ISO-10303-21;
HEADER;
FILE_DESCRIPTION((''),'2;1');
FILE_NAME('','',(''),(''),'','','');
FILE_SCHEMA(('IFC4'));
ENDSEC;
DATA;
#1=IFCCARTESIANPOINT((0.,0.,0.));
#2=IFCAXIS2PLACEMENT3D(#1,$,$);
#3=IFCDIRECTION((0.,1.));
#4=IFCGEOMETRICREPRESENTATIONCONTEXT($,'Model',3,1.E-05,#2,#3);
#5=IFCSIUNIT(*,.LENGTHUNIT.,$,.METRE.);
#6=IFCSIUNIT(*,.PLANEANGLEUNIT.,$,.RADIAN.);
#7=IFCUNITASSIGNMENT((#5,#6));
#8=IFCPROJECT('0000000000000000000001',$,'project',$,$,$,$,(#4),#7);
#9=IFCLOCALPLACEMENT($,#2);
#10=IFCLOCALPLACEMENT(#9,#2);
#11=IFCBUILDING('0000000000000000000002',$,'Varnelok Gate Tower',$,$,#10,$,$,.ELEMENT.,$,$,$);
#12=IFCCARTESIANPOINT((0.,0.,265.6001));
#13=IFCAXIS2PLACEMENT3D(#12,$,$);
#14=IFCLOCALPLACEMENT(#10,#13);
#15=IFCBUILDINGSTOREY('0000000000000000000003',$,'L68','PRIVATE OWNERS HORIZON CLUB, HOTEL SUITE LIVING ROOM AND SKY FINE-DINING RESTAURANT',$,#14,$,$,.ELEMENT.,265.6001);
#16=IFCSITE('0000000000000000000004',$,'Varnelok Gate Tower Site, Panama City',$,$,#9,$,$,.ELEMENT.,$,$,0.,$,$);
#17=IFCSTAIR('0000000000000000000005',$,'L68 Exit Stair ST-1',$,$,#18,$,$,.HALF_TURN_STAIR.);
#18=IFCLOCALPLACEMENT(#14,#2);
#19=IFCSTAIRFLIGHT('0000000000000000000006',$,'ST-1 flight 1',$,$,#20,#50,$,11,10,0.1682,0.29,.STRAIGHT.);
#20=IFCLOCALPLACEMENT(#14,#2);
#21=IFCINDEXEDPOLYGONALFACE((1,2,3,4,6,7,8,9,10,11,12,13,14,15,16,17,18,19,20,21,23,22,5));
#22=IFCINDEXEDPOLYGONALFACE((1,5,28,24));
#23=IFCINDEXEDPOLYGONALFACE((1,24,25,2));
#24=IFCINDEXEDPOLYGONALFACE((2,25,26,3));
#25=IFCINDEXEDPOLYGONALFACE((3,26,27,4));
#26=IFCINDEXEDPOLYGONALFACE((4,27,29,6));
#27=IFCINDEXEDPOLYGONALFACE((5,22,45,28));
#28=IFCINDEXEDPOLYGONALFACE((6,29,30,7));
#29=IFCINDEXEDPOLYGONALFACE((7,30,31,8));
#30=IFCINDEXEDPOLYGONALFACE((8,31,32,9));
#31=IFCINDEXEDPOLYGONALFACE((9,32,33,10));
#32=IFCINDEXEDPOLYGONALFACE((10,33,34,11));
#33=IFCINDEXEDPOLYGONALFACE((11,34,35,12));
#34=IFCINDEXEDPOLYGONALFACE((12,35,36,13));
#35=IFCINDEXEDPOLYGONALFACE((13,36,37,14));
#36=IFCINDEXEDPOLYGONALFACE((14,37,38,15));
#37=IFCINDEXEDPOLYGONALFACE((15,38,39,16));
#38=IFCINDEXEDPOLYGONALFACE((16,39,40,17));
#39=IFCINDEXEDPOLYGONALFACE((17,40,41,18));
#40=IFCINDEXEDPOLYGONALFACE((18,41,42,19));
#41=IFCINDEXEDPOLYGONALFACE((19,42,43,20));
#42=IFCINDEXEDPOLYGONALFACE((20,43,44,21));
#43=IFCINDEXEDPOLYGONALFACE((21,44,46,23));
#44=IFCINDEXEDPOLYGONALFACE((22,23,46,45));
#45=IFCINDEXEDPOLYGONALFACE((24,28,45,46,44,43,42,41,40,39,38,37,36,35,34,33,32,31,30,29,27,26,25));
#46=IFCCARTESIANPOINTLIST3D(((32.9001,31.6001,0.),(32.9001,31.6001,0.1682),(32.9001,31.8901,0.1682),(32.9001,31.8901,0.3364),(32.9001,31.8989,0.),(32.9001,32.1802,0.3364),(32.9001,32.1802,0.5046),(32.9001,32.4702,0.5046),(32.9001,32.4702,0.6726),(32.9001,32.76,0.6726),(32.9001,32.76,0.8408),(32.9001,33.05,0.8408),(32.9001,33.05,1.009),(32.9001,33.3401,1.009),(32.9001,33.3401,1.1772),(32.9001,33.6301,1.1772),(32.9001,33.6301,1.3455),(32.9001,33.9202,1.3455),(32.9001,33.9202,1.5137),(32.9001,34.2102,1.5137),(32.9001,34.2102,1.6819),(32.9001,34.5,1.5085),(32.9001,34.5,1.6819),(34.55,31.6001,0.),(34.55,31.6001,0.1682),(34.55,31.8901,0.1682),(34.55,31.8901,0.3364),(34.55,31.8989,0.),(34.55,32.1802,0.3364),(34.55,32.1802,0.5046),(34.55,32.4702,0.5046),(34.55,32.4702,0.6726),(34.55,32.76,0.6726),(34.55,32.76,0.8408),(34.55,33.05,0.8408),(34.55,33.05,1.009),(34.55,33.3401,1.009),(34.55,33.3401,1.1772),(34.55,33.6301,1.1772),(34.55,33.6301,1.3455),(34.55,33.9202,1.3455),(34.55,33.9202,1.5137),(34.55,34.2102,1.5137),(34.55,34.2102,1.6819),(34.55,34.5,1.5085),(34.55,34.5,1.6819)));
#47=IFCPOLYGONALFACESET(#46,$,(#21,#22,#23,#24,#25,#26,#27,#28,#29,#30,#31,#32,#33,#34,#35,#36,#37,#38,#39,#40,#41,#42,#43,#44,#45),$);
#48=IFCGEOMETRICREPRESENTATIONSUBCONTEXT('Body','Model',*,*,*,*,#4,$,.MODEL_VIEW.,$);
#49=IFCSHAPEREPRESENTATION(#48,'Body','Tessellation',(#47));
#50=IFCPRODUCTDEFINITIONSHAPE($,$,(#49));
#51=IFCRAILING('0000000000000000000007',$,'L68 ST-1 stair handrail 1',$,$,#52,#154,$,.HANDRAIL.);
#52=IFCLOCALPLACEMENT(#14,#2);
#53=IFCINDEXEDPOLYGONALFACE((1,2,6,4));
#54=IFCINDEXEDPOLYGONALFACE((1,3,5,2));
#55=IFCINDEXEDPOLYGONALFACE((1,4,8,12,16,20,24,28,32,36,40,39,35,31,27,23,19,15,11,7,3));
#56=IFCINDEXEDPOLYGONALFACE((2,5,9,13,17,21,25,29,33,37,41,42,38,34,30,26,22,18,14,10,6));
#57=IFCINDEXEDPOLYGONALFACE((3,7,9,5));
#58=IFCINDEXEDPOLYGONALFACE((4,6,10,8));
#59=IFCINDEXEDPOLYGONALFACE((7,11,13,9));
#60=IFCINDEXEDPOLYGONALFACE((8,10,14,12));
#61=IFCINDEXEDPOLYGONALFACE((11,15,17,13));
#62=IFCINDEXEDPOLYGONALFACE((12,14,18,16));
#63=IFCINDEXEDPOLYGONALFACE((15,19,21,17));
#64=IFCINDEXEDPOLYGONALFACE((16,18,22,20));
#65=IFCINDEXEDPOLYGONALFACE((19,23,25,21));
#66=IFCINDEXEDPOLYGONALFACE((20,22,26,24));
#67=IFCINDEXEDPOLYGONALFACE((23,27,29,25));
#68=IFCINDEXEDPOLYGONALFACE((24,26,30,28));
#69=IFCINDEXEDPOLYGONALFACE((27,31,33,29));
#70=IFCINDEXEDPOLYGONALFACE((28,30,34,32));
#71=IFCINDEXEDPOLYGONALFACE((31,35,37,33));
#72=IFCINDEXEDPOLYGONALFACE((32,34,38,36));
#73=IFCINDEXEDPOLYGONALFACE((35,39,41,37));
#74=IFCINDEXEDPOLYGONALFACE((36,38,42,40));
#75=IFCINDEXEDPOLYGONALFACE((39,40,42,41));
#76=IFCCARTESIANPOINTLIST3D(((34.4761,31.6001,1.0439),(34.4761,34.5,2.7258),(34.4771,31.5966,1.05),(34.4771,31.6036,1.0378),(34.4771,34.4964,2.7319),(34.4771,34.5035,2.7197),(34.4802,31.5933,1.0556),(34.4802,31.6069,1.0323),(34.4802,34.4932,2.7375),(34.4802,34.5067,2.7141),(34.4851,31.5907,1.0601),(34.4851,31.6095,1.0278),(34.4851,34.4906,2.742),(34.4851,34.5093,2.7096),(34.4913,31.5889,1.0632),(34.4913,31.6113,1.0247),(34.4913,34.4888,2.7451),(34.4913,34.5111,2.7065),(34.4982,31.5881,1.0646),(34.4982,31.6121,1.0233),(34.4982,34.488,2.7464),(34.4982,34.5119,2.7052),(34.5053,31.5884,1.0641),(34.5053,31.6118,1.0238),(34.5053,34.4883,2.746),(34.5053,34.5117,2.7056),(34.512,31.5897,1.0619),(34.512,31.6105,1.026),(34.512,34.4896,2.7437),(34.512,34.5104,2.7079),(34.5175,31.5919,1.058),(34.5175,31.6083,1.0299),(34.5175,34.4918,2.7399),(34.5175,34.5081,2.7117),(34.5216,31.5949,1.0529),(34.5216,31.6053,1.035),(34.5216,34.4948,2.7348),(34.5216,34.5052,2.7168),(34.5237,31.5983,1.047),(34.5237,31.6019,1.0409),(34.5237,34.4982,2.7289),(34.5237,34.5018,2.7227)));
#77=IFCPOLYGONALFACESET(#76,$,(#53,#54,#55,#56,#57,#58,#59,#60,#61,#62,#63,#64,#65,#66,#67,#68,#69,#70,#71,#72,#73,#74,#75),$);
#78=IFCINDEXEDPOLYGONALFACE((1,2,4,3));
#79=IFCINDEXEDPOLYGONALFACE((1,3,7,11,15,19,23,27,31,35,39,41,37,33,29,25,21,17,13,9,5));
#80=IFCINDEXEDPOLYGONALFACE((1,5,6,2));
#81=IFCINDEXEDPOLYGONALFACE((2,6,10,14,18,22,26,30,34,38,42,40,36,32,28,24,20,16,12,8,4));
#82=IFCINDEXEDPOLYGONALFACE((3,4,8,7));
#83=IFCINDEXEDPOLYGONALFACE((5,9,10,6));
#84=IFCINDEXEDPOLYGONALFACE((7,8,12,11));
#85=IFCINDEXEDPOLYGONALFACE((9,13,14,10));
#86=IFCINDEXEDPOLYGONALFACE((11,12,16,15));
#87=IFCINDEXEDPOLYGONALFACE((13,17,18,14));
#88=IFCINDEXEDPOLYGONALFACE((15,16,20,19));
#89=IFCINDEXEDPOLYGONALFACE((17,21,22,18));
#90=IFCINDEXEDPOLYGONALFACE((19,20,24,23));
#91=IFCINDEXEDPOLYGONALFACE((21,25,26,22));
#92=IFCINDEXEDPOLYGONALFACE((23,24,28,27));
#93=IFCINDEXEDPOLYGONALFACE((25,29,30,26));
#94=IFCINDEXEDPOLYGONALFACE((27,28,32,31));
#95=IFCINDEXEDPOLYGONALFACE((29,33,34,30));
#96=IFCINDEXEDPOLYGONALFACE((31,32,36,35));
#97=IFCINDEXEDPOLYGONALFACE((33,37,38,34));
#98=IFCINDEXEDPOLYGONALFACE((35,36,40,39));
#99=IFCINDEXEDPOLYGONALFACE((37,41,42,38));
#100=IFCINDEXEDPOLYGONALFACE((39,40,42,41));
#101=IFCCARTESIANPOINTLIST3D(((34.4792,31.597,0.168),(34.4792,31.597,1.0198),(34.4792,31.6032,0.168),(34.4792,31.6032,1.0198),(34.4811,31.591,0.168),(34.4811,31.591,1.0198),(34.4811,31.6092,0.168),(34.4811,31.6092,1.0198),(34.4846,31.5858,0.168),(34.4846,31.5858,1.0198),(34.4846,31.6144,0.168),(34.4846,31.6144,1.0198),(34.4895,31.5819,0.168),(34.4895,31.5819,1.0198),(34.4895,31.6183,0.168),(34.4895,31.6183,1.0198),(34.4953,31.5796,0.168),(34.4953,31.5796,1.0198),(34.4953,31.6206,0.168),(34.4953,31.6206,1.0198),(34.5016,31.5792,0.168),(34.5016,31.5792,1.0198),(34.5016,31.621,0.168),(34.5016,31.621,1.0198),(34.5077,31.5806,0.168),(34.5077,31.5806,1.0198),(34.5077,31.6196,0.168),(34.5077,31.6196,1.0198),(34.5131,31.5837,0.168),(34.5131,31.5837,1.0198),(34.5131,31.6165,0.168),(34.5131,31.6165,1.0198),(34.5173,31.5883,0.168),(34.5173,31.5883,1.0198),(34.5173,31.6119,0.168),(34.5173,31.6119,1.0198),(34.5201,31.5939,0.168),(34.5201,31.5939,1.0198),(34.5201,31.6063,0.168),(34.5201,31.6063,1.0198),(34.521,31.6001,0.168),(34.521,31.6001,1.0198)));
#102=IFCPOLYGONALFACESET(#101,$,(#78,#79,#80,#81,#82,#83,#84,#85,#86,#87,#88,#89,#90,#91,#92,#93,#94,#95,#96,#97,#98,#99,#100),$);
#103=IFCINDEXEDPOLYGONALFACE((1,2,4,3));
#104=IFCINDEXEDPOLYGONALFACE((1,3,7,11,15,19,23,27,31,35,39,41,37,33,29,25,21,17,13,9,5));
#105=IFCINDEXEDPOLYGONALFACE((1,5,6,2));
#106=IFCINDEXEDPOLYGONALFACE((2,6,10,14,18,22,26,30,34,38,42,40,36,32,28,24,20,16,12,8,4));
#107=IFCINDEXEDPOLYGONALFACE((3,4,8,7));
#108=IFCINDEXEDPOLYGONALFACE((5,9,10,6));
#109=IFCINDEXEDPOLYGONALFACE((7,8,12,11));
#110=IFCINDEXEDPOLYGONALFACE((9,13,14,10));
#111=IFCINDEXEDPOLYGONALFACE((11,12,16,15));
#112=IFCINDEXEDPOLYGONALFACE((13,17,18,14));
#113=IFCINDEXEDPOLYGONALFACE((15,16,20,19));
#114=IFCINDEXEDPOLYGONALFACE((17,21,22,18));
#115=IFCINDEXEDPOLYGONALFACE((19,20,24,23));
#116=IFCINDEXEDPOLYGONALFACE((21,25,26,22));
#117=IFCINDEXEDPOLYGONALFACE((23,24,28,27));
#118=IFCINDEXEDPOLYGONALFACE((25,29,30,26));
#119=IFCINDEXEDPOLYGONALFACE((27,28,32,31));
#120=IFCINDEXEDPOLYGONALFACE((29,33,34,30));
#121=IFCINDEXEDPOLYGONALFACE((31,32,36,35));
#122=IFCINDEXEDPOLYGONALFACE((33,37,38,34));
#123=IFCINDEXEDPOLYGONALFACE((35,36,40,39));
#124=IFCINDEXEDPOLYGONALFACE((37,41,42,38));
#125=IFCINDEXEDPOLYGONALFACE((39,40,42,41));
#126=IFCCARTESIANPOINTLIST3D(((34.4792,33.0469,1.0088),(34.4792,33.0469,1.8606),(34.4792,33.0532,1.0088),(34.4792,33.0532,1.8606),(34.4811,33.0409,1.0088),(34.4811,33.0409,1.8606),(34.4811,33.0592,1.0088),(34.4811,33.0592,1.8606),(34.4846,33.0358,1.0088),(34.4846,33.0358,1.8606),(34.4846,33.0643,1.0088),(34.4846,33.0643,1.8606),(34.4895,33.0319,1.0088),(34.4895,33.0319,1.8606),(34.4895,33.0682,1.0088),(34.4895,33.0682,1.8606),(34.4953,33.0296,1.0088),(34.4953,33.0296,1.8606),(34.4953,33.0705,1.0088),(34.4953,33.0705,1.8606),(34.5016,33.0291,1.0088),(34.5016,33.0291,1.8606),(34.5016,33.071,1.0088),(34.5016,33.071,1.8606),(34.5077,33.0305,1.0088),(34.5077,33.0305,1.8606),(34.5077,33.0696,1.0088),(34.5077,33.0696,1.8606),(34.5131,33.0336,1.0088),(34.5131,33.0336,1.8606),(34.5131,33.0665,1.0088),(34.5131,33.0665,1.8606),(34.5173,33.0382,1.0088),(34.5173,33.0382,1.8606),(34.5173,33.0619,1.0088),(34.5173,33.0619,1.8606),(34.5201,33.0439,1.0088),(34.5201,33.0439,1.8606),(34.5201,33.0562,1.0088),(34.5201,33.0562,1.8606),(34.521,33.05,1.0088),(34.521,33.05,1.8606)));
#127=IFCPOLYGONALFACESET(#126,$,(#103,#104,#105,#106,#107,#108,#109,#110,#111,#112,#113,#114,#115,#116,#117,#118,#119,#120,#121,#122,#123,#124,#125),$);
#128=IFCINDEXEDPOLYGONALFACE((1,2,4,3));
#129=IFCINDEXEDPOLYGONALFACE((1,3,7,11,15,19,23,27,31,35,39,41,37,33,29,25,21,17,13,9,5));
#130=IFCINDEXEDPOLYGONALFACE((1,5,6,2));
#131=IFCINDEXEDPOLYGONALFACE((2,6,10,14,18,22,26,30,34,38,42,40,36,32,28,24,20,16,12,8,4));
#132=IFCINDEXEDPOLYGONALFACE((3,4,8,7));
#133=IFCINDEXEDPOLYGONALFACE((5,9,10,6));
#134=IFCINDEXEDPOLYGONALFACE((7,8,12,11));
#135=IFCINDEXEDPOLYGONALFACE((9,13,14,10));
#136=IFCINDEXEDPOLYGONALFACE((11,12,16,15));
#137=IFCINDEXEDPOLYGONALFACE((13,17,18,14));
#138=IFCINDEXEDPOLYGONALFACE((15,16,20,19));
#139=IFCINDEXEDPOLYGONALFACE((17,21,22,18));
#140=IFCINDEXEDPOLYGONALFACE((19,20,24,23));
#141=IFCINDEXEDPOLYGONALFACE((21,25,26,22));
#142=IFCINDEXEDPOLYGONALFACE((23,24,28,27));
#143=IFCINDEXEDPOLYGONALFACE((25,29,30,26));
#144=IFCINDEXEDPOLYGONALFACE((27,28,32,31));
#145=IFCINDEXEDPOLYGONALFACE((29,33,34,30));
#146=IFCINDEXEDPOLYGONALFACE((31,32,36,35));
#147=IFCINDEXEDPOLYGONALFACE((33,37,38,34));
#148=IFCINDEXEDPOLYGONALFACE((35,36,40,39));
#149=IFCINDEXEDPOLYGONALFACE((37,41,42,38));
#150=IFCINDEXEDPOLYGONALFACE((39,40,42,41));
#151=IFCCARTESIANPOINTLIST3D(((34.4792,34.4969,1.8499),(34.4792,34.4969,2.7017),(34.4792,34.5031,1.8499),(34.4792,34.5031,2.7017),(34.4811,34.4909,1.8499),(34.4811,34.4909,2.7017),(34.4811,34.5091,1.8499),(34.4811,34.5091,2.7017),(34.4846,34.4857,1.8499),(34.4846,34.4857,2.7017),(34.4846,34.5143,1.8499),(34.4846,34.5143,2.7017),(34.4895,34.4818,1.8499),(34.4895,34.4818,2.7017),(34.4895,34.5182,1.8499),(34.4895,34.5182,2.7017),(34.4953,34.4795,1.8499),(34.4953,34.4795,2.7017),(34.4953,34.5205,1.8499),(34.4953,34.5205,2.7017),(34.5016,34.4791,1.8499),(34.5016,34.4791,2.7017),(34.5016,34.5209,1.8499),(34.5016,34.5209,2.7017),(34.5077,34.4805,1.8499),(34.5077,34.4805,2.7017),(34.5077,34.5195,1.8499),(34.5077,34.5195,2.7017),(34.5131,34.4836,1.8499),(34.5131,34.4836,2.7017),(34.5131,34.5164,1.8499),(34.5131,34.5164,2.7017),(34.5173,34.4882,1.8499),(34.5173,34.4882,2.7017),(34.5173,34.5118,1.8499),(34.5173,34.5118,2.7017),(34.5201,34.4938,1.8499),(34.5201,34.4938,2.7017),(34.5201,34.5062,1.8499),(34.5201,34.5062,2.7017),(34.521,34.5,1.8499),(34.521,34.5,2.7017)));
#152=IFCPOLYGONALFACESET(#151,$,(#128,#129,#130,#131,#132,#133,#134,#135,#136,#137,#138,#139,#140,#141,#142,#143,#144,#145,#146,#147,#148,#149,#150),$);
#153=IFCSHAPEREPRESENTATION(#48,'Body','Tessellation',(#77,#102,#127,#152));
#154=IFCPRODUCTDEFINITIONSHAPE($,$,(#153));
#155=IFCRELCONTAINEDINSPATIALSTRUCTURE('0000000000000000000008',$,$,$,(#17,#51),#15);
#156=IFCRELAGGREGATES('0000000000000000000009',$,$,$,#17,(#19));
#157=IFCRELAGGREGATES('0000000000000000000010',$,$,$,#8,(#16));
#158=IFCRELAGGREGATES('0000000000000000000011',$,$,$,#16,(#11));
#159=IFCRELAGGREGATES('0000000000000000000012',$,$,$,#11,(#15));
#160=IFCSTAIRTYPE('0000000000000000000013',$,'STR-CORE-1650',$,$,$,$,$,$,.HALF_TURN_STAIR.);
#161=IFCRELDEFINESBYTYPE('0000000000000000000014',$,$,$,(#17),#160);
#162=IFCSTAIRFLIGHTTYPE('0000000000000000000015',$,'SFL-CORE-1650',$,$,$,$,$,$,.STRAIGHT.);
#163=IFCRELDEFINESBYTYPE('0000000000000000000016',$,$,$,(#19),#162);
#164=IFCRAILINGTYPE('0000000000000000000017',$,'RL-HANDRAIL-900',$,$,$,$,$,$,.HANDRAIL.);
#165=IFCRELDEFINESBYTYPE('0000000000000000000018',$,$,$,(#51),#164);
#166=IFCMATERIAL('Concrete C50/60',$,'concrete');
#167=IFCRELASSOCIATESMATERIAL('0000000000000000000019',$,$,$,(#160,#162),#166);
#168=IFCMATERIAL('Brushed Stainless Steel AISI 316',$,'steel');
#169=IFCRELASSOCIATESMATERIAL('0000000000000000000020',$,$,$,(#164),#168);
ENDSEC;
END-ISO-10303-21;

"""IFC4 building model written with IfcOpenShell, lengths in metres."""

from ifc_helpers import new_model, si_unit, direction, frame, origin, origin_2d, place, context, subcontext, project, spatial, polyline, circle, outline, extrude, material, type_object, element, aggregate, save


model = new_model("IFC4")

# Units and contexts
model_context = context("Model", 3, precision=1e-05, world=origin(), true_north=direction((0.0, 1.0)))
body_context = subcontext(model_context, "Body", "Model", "MODEL_VIEW")
ifc_project = project(units=[si_unit("LENGTHUNIT", "METRE"), si_unit("PLANEANGLEUNIT", "RADIAN")], contexts=[model_context])

# Site, building, storey
site_placement = place(None, origin())
site = spatial("IfcSite", under=ifc_project, at=site_placement, Name="Varnelok Gate Tower Site, Panama City", CompositionType="ELEMENT", RefElevation=0.0)
building_placement = place(site_placement, origin())
building = spatial("IfcBuilding", under=site, at=building_placement, Name="Varnelok Gate Tower", CompositionType="ELEMENT")
storey_placement = place(building_placement, frame((0.0, 0.0, 265.6001)))
storey = spatial("IfcBuildingStorey", under=building, at=storey_placement, Name="L68", Description="PRIVATE OWNERS HORIZON CLUB, HOTEL SUITE LIVING ROOM AND SKY FINE-DINING RESTAURANT", CompositionType="ELEMENT", Elevation=265.6001)

# Shared definitions
ifc_material_1 = material(Name="Concrete C50/60", Category="concrete")

# Stair, stair flight
stair_type = type_object("IfcStairType", Name="STR-CORE-1650", PredefinedType="HALF_TURN_STAIR", material=ifc_material_1)
stair_placement = place(storey_placement, origin())
stair = element("IfcStair", 1, at=stair_placement, inside=storey, type_object=stair_type, Name="L68 Exit Stair ST-1", PredefinedType="HALF_TURN_STAIR")
stair_flight_type = type_object("IfcStairFlightType", Name="SFL-CORE-1650", PredefinedType="STRAIGHT", material=ifc_material_1)
stair_flight_placement = place(storey_placement, frame((33.7251, 31.6001, 0.0), z_axis=(0.0, 0.0, 1.0), x_axis=(0.0, 1.0, 0.0)))
stair_flight = element("IfcStairFlight", 2, at=stair_flight_placement, type_object=stair_flight_type, Name="ST-1 flight 1", NumberOfRisers=11, NumberOfTreads=10, PredefinedType="STRAIGHT", RiserHeight=0.1682, TreadLength=0.29, context=body_context, shape_type="SweptSolid", body=[
    extrude(outline(polyline([(0.0, 0.0), (0.0, 0.1682), (0.29, 0.1682), (0.29, 0.3364), (0.5801, 0.3364), (0.5801, 0.5046), (0.8701, 0.5046), (0.8701, 0.6726), (1.1599, 0.6726), (1.1599, 0.8408), (1.45, 0.8408), (1.45, 1.009), (1.74, 1.009), (1.74, 1.1772), (2.03, 1.1772), (2.03, 1.3455), (2.3201, 1.3455), (2.3201, 1.5137), (2.6101, 1.5137), (2.6101, 1.6819), (2.8999, 1.6819), (2.8999, 1.8501), (2.8999, 1.5085), (0.2988, 0.0), (0.0, 0.0)])), frame((0.0, 0.825, 0.0), z_axis=(0.0, -1.0, 0.0), x_axis=(1.0, 0.0, 0.0)), (0.0, 0.0, 1.0), 1.6499),
])
aggregate(stair, [stair_flight])

# Railing
ifc_material_2 = material(Name="Brushed Stainless Steel AISI 316", Category="steel")
railing_type_1 = type_object("IfcRailingType", Name="RL-HANDRAIL-900", PredefinedType="HANDRAIL", material=ifc_material_2)
railing_1_placement = place(storey_placement, frame((34.5, 31.6001, 0.168)))
element("IfcRailing", 3, at=railing_1_placement, inside=storey, type_object=railing_type_1, Name="L68 ST-1 stair handrail 1", PredefinedType="HANDRAIL", context=body_context, shape_type="SweptSolid", body=[
    extrude(circle(Radius=0.0239, at=origin_2d()), frame((0.0, 0.0, 0.876), z_axis=(0.0, 0.865039, 0.501705), x_axis=(-1.0, 0.0, 0.0)), (0.0, 0.0, 1.0), 3.3523),
    extrude(circle(Radius=0.021, at=origin_2d()), origin(), (0.0, 0.0, 1.0), 0.8518),
    extrude(circle(Radius=0.021, at=origin_2d()), frame((0.0, 1.45, 0.8408)), (0.0, 0.0, 1.0), 0.8518),
    extrude(circle(Radius=0.021, at=origin_2d()), frame((0.0, 2.8999, 1.6819)), (0.0, 0.0, 1.0), 0.8518),
])

save(model, "model.ifc")
